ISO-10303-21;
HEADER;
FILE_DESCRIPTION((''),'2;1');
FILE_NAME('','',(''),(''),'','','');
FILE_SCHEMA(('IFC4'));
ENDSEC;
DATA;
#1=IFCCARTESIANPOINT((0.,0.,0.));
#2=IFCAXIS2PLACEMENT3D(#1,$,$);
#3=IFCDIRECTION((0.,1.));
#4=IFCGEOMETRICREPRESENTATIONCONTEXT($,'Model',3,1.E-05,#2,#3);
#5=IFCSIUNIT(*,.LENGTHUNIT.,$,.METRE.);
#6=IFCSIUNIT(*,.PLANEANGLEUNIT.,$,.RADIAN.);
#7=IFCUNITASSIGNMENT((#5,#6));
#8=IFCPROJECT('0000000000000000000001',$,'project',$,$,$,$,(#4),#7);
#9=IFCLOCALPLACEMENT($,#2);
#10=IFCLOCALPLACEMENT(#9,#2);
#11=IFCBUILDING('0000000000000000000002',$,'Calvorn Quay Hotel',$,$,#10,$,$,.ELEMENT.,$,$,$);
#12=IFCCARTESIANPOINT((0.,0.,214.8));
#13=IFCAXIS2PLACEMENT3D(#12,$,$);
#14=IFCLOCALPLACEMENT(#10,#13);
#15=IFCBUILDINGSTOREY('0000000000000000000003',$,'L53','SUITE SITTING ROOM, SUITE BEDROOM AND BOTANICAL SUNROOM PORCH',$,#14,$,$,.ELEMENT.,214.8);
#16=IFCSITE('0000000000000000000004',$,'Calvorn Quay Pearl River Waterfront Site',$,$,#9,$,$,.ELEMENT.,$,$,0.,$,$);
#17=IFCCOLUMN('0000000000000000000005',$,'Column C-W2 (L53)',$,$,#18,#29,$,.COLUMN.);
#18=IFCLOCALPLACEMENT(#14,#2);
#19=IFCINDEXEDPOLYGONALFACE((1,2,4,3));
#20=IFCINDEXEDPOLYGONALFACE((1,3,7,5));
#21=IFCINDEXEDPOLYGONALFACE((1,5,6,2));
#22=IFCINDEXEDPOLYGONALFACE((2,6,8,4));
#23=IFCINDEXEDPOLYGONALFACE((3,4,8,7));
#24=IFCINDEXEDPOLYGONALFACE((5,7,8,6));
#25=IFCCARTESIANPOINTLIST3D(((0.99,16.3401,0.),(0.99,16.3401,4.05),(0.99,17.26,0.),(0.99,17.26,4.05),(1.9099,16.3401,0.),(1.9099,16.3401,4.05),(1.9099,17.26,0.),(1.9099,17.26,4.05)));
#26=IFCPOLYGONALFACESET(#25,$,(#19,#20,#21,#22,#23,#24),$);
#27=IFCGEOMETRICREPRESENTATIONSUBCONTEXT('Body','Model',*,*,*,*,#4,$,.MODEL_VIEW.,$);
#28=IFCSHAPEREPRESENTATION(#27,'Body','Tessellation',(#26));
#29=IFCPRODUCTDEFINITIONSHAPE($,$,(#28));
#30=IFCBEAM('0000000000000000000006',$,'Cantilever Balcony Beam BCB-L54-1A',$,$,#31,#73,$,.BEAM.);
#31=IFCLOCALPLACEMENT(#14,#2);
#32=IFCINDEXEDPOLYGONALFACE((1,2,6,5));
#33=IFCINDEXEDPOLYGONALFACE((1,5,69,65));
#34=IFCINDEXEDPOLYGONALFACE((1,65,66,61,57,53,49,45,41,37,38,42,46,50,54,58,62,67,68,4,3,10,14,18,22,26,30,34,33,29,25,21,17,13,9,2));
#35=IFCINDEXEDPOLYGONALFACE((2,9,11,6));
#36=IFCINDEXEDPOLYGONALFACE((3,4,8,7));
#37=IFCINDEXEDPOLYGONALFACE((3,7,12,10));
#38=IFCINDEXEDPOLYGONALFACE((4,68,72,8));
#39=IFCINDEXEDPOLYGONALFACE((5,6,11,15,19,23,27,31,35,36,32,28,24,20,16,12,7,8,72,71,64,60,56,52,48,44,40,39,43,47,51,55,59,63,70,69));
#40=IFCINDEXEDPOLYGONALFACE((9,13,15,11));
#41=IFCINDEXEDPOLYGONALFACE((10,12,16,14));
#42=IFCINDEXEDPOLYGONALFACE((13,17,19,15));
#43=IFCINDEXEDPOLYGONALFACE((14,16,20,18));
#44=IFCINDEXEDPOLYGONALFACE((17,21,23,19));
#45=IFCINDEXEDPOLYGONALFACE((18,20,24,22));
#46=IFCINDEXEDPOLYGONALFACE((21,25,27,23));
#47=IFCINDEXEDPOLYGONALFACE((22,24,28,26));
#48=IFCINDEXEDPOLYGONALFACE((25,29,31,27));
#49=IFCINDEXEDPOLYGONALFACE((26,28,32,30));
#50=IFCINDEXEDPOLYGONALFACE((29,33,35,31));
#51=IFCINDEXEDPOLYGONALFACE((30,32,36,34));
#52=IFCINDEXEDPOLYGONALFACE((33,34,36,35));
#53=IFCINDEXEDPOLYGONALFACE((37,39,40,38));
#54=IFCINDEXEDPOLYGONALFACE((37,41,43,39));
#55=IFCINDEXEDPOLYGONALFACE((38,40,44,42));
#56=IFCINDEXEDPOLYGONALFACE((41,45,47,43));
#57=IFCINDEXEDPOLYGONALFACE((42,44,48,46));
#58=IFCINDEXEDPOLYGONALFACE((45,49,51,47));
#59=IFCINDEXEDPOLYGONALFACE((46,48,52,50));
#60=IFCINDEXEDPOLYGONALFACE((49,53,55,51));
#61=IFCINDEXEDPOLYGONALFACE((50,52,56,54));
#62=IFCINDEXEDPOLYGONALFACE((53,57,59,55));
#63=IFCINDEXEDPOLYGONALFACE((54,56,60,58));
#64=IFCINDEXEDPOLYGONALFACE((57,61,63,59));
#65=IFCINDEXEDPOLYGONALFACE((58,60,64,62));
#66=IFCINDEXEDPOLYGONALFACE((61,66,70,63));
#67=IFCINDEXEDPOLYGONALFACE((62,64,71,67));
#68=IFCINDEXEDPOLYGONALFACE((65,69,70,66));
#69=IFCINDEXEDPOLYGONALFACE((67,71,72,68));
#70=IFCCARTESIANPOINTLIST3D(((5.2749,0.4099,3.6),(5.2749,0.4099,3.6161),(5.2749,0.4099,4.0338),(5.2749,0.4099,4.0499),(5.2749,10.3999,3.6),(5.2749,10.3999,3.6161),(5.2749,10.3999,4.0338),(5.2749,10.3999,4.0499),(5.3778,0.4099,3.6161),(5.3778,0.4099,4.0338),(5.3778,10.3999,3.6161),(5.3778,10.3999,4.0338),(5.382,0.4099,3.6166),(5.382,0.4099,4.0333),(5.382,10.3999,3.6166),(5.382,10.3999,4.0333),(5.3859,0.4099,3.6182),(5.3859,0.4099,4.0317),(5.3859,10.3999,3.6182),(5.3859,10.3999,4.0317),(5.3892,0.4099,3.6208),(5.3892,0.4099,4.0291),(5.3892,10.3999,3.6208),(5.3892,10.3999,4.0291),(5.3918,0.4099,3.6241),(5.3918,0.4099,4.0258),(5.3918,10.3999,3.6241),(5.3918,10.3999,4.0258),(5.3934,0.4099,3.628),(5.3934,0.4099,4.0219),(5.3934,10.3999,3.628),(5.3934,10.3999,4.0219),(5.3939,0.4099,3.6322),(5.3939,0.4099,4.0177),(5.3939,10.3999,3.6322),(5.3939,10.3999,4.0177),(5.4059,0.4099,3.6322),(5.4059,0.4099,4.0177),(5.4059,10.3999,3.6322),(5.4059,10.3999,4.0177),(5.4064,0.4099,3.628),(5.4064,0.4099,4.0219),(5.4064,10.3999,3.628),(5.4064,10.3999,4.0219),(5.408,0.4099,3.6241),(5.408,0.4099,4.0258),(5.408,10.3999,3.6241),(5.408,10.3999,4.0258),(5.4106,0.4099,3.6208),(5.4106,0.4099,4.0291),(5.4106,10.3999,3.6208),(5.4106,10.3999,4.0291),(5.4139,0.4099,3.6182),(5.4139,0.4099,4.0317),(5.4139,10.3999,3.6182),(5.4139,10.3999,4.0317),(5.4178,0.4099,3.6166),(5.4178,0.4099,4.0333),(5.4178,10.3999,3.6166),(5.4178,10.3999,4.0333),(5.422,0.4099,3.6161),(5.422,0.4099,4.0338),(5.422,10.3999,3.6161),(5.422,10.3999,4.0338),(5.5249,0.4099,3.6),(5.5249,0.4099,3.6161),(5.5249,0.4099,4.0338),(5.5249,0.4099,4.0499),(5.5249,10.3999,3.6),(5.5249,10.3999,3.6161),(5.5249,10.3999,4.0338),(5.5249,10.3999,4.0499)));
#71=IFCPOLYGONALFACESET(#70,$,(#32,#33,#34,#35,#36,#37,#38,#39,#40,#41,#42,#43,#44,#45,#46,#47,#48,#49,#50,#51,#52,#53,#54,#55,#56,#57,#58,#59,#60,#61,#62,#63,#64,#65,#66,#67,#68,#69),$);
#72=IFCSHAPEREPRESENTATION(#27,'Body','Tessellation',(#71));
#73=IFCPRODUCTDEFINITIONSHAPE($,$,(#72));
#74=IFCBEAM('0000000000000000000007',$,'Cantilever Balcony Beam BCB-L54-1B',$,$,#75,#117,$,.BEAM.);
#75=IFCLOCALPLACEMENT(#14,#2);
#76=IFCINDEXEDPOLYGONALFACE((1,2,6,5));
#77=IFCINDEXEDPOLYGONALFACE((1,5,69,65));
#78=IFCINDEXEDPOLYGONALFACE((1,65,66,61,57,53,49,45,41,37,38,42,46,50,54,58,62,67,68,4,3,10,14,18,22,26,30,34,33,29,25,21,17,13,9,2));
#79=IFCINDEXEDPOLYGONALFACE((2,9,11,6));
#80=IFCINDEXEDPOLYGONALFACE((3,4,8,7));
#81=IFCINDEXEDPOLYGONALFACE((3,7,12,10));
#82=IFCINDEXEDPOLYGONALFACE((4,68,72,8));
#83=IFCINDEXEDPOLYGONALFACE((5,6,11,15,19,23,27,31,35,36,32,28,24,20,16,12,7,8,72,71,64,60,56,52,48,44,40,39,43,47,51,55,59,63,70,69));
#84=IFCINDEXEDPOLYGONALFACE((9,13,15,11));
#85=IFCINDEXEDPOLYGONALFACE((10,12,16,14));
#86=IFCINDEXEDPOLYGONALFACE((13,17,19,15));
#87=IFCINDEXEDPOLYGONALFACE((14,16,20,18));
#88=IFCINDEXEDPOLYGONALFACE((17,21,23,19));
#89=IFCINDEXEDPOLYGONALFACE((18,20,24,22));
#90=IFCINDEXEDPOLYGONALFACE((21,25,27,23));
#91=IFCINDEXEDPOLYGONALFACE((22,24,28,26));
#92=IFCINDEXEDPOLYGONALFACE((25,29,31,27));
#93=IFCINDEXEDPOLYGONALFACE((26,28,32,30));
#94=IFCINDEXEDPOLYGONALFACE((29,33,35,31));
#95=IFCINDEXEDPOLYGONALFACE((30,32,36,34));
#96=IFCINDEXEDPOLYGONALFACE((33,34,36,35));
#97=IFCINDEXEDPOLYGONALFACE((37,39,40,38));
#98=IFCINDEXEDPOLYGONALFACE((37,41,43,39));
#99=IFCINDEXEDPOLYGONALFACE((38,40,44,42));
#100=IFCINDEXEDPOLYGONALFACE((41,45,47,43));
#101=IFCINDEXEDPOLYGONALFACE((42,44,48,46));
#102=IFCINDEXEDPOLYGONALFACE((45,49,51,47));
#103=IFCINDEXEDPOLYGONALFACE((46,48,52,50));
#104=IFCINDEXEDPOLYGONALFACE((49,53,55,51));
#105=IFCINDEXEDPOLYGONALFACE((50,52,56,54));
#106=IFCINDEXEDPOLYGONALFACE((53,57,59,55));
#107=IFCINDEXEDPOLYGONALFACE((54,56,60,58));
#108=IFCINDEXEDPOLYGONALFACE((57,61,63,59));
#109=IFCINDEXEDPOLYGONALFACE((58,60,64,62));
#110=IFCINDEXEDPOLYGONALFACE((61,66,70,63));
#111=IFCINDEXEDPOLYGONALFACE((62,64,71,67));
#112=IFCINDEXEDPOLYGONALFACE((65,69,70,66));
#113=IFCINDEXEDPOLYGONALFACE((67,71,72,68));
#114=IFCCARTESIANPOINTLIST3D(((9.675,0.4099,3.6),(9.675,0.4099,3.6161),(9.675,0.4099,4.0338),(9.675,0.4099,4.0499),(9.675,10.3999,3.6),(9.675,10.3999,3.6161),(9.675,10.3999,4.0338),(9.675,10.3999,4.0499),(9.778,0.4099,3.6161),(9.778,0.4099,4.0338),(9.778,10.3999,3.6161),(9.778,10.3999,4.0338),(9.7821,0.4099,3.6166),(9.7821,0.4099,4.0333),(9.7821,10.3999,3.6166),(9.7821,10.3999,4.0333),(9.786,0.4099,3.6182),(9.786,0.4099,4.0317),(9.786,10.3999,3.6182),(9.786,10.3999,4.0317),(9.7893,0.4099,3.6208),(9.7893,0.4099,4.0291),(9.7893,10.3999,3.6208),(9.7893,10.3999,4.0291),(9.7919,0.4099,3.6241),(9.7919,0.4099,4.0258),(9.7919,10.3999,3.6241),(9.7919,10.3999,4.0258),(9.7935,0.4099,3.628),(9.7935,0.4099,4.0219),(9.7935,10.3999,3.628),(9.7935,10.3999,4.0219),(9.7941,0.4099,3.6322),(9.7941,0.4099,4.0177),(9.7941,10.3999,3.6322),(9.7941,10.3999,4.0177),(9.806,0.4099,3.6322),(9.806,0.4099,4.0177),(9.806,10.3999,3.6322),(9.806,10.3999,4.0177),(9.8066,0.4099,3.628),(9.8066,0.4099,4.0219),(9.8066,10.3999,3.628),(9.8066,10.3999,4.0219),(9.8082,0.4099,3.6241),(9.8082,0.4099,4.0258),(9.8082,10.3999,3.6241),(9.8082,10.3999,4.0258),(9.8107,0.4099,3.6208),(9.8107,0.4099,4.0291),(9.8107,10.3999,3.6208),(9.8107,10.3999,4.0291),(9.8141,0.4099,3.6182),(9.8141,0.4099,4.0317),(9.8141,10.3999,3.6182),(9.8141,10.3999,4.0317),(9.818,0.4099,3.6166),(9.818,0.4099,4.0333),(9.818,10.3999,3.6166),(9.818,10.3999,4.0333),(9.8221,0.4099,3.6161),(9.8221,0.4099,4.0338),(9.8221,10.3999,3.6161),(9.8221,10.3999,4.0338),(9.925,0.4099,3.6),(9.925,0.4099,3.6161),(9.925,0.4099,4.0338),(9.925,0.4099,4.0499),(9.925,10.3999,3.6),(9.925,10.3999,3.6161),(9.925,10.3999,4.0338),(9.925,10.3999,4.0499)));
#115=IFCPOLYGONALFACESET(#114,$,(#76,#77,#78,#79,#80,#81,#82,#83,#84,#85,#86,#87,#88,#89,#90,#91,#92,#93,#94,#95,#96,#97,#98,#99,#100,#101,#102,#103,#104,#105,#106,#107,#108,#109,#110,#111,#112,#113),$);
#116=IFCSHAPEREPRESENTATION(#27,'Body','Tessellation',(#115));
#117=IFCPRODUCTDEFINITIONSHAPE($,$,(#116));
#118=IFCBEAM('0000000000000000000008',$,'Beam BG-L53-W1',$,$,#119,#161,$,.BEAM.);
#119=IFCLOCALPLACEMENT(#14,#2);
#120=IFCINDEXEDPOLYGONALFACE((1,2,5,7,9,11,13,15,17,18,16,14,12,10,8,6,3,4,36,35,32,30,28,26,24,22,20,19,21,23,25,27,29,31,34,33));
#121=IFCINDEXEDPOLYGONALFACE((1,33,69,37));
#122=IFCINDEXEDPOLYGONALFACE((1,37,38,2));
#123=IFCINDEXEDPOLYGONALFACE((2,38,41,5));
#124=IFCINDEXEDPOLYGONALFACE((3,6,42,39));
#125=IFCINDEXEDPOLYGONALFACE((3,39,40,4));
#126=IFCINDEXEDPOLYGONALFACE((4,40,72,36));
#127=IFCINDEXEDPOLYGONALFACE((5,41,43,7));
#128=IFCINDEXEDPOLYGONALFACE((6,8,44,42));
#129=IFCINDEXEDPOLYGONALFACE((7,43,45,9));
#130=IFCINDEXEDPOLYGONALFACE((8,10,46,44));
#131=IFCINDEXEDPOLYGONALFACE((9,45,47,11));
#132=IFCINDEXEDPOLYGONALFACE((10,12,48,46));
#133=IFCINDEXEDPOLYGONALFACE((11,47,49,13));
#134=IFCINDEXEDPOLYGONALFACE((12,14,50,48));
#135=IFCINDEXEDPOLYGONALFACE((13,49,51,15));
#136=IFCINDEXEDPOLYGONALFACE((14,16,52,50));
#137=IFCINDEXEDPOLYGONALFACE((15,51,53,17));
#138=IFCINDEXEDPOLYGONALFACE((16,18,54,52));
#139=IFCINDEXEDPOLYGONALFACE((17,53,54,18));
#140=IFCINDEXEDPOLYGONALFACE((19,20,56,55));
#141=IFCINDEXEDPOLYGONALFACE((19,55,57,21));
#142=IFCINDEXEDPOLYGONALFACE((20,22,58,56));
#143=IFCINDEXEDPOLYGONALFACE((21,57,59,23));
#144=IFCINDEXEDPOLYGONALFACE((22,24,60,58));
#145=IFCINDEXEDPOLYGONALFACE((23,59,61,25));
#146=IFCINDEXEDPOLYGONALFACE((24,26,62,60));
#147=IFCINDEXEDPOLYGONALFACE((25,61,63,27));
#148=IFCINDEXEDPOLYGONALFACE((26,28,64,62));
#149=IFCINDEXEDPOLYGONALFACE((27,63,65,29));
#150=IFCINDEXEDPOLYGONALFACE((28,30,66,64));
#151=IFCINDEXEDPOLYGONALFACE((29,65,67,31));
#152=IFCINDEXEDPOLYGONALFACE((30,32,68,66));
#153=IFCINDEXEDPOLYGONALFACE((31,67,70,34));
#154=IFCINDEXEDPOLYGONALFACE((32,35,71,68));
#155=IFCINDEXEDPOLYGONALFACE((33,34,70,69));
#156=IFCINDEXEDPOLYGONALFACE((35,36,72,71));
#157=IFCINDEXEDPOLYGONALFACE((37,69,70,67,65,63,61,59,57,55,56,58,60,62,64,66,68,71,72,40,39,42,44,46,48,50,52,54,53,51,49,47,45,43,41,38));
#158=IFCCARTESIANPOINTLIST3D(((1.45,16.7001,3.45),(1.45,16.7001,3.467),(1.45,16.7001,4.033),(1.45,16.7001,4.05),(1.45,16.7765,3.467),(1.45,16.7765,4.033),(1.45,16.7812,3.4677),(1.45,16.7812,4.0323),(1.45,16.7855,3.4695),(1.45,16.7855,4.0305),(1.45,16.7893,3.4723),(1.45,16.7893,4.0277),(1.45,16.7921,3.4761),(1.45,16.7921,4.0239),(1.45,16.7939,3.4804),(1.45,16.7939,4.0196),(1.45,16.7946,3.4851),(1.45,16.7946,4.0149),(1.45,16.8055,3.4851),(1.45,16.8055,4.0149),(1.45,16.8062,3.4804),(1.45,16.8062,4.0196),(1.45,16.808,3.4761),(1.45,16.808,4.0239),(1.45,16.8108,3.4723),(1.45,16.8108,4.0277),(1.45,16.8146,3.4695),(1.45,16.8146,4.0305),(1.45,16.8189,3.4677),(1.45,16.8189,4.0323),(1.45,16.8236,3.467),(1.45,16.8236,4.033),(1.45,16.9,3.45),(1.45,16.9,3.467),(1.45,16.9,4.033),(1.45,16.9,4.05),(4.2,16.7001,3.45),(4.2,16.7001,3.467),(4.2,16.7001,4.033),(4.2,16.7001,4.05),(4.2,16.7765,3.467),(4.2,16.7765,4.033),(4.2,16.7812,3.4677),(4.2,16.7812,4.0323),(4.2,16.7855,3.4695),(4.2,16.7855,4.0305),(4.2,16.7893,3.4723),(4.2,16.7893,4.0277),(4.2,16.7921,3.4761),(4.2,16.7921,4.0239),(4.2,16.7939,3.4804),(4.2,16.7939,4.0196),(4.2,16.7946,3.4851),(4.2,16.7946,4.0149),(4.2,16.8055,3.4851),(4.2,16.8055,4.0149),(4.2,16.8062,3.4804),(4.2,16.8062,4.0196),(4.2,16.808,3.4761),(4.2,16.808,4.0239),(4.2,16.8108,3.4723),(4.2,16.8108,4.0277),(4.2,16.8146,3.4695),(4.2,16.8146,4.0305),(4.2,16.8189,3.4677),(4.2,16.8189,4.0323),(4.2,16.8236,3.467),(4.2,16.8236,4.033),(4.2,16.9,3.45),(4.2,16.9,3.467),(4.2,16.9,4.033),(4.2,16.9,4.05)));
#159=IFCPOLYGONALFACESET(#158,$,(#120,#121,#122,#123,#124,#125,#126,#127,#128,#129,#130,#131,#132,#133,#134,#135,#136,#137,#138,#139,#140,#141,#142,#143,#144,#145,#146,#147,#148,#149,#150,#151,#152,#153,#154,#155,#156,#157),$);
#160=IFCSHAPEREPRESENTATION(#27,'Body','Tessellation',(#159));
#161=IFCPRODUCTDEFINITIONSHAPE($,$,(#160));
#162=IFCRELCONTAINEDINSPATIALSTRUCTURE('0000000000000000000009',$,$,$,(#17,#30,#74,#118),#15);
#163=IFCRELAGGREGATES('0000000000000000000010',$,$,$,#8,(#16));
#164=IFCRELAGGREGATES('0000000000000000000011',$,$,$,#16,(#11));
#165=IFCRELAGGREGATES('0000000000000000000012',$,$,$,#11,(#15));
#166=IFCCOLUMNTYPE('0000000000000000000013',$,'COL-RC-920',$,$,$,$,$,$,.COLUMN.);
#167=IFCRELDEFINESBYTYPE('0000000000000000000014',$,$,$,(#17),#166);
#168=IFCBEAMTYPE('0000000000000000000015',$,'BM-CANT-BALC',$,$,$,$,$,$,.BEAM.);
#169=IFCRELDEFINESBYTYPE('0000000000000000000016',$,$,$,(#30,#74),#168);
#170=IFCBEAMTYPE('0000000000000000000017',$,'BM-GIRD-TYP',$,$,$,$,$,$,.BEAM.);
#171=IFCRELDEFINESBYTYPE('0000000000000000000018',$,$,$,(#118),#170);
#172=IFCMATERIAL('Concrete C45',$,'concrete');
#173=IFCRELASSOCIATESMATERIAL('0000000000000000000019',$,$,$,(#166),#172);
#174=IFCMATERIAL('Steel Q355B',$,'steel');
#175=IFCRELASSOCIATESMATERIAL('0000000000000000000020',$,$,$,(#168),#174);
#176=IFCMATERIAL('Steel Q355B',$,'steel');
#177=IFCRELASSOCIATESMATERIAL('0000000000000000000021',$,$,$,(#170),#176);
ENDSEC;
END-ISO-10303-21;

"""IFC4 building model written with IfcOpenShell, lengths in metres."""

from ifc_helpers import new_model, si_unit, direction, frame, origin, origin_2d, place, context, subcontext, project, spatial, rectangle, i_section, extrude, material, material_profile, profile_set, type_object, element, save


model = new_model("IFC4")

# Units and contexts
model_context = context("Model", 3, precision=1e-05, world=origin(), true_north=direction((0.0, 1.0)))
body_context = subcontext(model_context, "Body", "Model", "MODEL_VIEW")
ifc_project = project(units=[si_unit("LENGTHUNIT", "METRE"), si_unit("PLANEANGLEUNIT", "RADIAN")], contexts=[model_context])

# Site, building, storey
site_placement = place(None, origin())
site = spatial("IfcSite", under=ifc_project, at=site_placement, Name="Calvorn Quay Pearl River Waterfront Site", CompositionType="ELEMENT", RefElevation=0.0)
building_placement = place(site_placement, origin())
building = spatial("IfcBuilding", under=site, at=building_placement, Name="Calvorn Quay Hotel", CompositionType="ELEMENT")
storey_placement = place(building_placement, frame((0.0, 0.0, 214.8)))
storey = spatial("IfcBuildingStorey", under=building, at=storey_placement, Name="L53", Description="SUITE SITTING ROOM, SUITE BEDROOM AND BOTANICAL SUNROOM PORCH", CompositionType="ELEMENT", Elevation=214.8)

# Column
ifc_material_1 = material(Name="Concrete C45", Category="concrete")
ifc_material_profile_1 = material_profile(ifc_material_1, rectangle(XDim=0.9199, YDim=0.9199, at=origin_2d()), Name="RC920x920")
ifc_profile_set_1 = profile_set([ifc_material_profile_1], Name="Concrete C45")
column_type = type_object("IfcColumnType", Name="COL-RC-920", PredefinedType="COLUMN", material=ifc_profile_set_1)
column_placement = place(storey_placement, frame((1.45, 16.8, 0.0), z_axis=(0.0, 0.0, 1.0), x_axis=(1.0, 0.0, 0.0)))
element("IfcColumn", 1, at=column_placement, inside=storey, type_object=column_type, Name="Column C-W2 (L53)", PredefinedType="COLUMN", context=body_context, shape_type="SweptSolid", body=[
    extrude(rectangle(XDim=0.9199, YDim=0.9199, at=origin_2d()), origin(), (0.0, 0.0, 1.0), 4.05),
])

# Beams
ifc_material_2 = material(Name="Steel Q355B", Category="steel")
ifc_material_profile_2 = material_profile(ifc_material_2, i_section(OverallWidth=0.25, OverallDepth=0.45, WebThickness=0.012, FlangeThickness=0.0161, FilletRadius=0.0161, at=origin_2d()), Name="HN450x250x12x16")
ifc_profile_set_2 = profile_set([ifc_material_profile_2], Name="Steel Q355B")
beam_type_1 = type_object("IfcBeamType", Name="BM-CANT-BALC", PredefinedType="BEAM", material=ifc_profile_set_2)
for number, where, z_axis, x_axis, name in (
    (2, (5.3999, 10.3999, 3.825), (0.0, -1.0, 0.0), (1.0, 0.0, 0.0), "Cantilever Balcony Beam BCB-L54-1A"),
    (3, (9.8, 10.3999, 3.825), (0.0, -1.0, 0.0), (1.0, 0.0, 0.0), "Cantilever Balcony Beam BCB-L54-1B"),
):
    element("IfcBeam", number, at=place(storey_placement, frame(where, z_axis=z_axis, x_axis=x_axis)), inside=storey, type_object=beam_type_1, Name=name, PredefinedType="BEAM", context=body_context, shape_type="SweptSolid", body=[
        extrude(i_section(OverallWidth=0.25, OverallDepth=0.45, WebThickness=0.012, FlangeThickness=0.0161, FilletRadius=0.0161, at=origin_2d()), origin(), (0.0, 0.0, 1.0), 9.99),
    ])
ifc_material_3 = material(Name="Steel Q355B", Category="steel")
ifc_material_profile_3 = material_profile(ifc_material_3, i_section(OverallWidth=0.2, OverallDepth=0.6001, WebThickness=0.011, FlangeThickness=0.0171, FilletRadius=0.0181, at=origin_2d()), Name="HN600x200x11x17")
ifc_profile_set_3 = profile_set([ifc_material_profile_3], Name="Steel Q355B")
beam_type_2 = type_object("IfcBeamType", Name="BM-GIRD-TYP", PredefinedType="BEAM", material=ifc_profile_set_3)
beam_1_placement = place(storey_placement, frame((1.45, 16.8, 3.75), z_axis=(1.0, 0.0, 0.0), x_axis=(0.0, 1.0, 0.0)))
element("IfcBeam", 4, at=beam_1_placement, inside=storey, type_object=beam_type_2, Name="Beam BG-L53-W1", PredefinedType="BEAM", context=body_context, shape_type="SweptSolid", body=[
    extrude(i_section(OverallWidth=0.2, OverallDepth=0.6001, WebThickness=0.011, FlangeThickness=0.0171, FilletRadius=0.0181, at=origin_2d()), origin(), (0.0, 0.0, 1.0), 2.75),
])

save(model, "model.ifc")
